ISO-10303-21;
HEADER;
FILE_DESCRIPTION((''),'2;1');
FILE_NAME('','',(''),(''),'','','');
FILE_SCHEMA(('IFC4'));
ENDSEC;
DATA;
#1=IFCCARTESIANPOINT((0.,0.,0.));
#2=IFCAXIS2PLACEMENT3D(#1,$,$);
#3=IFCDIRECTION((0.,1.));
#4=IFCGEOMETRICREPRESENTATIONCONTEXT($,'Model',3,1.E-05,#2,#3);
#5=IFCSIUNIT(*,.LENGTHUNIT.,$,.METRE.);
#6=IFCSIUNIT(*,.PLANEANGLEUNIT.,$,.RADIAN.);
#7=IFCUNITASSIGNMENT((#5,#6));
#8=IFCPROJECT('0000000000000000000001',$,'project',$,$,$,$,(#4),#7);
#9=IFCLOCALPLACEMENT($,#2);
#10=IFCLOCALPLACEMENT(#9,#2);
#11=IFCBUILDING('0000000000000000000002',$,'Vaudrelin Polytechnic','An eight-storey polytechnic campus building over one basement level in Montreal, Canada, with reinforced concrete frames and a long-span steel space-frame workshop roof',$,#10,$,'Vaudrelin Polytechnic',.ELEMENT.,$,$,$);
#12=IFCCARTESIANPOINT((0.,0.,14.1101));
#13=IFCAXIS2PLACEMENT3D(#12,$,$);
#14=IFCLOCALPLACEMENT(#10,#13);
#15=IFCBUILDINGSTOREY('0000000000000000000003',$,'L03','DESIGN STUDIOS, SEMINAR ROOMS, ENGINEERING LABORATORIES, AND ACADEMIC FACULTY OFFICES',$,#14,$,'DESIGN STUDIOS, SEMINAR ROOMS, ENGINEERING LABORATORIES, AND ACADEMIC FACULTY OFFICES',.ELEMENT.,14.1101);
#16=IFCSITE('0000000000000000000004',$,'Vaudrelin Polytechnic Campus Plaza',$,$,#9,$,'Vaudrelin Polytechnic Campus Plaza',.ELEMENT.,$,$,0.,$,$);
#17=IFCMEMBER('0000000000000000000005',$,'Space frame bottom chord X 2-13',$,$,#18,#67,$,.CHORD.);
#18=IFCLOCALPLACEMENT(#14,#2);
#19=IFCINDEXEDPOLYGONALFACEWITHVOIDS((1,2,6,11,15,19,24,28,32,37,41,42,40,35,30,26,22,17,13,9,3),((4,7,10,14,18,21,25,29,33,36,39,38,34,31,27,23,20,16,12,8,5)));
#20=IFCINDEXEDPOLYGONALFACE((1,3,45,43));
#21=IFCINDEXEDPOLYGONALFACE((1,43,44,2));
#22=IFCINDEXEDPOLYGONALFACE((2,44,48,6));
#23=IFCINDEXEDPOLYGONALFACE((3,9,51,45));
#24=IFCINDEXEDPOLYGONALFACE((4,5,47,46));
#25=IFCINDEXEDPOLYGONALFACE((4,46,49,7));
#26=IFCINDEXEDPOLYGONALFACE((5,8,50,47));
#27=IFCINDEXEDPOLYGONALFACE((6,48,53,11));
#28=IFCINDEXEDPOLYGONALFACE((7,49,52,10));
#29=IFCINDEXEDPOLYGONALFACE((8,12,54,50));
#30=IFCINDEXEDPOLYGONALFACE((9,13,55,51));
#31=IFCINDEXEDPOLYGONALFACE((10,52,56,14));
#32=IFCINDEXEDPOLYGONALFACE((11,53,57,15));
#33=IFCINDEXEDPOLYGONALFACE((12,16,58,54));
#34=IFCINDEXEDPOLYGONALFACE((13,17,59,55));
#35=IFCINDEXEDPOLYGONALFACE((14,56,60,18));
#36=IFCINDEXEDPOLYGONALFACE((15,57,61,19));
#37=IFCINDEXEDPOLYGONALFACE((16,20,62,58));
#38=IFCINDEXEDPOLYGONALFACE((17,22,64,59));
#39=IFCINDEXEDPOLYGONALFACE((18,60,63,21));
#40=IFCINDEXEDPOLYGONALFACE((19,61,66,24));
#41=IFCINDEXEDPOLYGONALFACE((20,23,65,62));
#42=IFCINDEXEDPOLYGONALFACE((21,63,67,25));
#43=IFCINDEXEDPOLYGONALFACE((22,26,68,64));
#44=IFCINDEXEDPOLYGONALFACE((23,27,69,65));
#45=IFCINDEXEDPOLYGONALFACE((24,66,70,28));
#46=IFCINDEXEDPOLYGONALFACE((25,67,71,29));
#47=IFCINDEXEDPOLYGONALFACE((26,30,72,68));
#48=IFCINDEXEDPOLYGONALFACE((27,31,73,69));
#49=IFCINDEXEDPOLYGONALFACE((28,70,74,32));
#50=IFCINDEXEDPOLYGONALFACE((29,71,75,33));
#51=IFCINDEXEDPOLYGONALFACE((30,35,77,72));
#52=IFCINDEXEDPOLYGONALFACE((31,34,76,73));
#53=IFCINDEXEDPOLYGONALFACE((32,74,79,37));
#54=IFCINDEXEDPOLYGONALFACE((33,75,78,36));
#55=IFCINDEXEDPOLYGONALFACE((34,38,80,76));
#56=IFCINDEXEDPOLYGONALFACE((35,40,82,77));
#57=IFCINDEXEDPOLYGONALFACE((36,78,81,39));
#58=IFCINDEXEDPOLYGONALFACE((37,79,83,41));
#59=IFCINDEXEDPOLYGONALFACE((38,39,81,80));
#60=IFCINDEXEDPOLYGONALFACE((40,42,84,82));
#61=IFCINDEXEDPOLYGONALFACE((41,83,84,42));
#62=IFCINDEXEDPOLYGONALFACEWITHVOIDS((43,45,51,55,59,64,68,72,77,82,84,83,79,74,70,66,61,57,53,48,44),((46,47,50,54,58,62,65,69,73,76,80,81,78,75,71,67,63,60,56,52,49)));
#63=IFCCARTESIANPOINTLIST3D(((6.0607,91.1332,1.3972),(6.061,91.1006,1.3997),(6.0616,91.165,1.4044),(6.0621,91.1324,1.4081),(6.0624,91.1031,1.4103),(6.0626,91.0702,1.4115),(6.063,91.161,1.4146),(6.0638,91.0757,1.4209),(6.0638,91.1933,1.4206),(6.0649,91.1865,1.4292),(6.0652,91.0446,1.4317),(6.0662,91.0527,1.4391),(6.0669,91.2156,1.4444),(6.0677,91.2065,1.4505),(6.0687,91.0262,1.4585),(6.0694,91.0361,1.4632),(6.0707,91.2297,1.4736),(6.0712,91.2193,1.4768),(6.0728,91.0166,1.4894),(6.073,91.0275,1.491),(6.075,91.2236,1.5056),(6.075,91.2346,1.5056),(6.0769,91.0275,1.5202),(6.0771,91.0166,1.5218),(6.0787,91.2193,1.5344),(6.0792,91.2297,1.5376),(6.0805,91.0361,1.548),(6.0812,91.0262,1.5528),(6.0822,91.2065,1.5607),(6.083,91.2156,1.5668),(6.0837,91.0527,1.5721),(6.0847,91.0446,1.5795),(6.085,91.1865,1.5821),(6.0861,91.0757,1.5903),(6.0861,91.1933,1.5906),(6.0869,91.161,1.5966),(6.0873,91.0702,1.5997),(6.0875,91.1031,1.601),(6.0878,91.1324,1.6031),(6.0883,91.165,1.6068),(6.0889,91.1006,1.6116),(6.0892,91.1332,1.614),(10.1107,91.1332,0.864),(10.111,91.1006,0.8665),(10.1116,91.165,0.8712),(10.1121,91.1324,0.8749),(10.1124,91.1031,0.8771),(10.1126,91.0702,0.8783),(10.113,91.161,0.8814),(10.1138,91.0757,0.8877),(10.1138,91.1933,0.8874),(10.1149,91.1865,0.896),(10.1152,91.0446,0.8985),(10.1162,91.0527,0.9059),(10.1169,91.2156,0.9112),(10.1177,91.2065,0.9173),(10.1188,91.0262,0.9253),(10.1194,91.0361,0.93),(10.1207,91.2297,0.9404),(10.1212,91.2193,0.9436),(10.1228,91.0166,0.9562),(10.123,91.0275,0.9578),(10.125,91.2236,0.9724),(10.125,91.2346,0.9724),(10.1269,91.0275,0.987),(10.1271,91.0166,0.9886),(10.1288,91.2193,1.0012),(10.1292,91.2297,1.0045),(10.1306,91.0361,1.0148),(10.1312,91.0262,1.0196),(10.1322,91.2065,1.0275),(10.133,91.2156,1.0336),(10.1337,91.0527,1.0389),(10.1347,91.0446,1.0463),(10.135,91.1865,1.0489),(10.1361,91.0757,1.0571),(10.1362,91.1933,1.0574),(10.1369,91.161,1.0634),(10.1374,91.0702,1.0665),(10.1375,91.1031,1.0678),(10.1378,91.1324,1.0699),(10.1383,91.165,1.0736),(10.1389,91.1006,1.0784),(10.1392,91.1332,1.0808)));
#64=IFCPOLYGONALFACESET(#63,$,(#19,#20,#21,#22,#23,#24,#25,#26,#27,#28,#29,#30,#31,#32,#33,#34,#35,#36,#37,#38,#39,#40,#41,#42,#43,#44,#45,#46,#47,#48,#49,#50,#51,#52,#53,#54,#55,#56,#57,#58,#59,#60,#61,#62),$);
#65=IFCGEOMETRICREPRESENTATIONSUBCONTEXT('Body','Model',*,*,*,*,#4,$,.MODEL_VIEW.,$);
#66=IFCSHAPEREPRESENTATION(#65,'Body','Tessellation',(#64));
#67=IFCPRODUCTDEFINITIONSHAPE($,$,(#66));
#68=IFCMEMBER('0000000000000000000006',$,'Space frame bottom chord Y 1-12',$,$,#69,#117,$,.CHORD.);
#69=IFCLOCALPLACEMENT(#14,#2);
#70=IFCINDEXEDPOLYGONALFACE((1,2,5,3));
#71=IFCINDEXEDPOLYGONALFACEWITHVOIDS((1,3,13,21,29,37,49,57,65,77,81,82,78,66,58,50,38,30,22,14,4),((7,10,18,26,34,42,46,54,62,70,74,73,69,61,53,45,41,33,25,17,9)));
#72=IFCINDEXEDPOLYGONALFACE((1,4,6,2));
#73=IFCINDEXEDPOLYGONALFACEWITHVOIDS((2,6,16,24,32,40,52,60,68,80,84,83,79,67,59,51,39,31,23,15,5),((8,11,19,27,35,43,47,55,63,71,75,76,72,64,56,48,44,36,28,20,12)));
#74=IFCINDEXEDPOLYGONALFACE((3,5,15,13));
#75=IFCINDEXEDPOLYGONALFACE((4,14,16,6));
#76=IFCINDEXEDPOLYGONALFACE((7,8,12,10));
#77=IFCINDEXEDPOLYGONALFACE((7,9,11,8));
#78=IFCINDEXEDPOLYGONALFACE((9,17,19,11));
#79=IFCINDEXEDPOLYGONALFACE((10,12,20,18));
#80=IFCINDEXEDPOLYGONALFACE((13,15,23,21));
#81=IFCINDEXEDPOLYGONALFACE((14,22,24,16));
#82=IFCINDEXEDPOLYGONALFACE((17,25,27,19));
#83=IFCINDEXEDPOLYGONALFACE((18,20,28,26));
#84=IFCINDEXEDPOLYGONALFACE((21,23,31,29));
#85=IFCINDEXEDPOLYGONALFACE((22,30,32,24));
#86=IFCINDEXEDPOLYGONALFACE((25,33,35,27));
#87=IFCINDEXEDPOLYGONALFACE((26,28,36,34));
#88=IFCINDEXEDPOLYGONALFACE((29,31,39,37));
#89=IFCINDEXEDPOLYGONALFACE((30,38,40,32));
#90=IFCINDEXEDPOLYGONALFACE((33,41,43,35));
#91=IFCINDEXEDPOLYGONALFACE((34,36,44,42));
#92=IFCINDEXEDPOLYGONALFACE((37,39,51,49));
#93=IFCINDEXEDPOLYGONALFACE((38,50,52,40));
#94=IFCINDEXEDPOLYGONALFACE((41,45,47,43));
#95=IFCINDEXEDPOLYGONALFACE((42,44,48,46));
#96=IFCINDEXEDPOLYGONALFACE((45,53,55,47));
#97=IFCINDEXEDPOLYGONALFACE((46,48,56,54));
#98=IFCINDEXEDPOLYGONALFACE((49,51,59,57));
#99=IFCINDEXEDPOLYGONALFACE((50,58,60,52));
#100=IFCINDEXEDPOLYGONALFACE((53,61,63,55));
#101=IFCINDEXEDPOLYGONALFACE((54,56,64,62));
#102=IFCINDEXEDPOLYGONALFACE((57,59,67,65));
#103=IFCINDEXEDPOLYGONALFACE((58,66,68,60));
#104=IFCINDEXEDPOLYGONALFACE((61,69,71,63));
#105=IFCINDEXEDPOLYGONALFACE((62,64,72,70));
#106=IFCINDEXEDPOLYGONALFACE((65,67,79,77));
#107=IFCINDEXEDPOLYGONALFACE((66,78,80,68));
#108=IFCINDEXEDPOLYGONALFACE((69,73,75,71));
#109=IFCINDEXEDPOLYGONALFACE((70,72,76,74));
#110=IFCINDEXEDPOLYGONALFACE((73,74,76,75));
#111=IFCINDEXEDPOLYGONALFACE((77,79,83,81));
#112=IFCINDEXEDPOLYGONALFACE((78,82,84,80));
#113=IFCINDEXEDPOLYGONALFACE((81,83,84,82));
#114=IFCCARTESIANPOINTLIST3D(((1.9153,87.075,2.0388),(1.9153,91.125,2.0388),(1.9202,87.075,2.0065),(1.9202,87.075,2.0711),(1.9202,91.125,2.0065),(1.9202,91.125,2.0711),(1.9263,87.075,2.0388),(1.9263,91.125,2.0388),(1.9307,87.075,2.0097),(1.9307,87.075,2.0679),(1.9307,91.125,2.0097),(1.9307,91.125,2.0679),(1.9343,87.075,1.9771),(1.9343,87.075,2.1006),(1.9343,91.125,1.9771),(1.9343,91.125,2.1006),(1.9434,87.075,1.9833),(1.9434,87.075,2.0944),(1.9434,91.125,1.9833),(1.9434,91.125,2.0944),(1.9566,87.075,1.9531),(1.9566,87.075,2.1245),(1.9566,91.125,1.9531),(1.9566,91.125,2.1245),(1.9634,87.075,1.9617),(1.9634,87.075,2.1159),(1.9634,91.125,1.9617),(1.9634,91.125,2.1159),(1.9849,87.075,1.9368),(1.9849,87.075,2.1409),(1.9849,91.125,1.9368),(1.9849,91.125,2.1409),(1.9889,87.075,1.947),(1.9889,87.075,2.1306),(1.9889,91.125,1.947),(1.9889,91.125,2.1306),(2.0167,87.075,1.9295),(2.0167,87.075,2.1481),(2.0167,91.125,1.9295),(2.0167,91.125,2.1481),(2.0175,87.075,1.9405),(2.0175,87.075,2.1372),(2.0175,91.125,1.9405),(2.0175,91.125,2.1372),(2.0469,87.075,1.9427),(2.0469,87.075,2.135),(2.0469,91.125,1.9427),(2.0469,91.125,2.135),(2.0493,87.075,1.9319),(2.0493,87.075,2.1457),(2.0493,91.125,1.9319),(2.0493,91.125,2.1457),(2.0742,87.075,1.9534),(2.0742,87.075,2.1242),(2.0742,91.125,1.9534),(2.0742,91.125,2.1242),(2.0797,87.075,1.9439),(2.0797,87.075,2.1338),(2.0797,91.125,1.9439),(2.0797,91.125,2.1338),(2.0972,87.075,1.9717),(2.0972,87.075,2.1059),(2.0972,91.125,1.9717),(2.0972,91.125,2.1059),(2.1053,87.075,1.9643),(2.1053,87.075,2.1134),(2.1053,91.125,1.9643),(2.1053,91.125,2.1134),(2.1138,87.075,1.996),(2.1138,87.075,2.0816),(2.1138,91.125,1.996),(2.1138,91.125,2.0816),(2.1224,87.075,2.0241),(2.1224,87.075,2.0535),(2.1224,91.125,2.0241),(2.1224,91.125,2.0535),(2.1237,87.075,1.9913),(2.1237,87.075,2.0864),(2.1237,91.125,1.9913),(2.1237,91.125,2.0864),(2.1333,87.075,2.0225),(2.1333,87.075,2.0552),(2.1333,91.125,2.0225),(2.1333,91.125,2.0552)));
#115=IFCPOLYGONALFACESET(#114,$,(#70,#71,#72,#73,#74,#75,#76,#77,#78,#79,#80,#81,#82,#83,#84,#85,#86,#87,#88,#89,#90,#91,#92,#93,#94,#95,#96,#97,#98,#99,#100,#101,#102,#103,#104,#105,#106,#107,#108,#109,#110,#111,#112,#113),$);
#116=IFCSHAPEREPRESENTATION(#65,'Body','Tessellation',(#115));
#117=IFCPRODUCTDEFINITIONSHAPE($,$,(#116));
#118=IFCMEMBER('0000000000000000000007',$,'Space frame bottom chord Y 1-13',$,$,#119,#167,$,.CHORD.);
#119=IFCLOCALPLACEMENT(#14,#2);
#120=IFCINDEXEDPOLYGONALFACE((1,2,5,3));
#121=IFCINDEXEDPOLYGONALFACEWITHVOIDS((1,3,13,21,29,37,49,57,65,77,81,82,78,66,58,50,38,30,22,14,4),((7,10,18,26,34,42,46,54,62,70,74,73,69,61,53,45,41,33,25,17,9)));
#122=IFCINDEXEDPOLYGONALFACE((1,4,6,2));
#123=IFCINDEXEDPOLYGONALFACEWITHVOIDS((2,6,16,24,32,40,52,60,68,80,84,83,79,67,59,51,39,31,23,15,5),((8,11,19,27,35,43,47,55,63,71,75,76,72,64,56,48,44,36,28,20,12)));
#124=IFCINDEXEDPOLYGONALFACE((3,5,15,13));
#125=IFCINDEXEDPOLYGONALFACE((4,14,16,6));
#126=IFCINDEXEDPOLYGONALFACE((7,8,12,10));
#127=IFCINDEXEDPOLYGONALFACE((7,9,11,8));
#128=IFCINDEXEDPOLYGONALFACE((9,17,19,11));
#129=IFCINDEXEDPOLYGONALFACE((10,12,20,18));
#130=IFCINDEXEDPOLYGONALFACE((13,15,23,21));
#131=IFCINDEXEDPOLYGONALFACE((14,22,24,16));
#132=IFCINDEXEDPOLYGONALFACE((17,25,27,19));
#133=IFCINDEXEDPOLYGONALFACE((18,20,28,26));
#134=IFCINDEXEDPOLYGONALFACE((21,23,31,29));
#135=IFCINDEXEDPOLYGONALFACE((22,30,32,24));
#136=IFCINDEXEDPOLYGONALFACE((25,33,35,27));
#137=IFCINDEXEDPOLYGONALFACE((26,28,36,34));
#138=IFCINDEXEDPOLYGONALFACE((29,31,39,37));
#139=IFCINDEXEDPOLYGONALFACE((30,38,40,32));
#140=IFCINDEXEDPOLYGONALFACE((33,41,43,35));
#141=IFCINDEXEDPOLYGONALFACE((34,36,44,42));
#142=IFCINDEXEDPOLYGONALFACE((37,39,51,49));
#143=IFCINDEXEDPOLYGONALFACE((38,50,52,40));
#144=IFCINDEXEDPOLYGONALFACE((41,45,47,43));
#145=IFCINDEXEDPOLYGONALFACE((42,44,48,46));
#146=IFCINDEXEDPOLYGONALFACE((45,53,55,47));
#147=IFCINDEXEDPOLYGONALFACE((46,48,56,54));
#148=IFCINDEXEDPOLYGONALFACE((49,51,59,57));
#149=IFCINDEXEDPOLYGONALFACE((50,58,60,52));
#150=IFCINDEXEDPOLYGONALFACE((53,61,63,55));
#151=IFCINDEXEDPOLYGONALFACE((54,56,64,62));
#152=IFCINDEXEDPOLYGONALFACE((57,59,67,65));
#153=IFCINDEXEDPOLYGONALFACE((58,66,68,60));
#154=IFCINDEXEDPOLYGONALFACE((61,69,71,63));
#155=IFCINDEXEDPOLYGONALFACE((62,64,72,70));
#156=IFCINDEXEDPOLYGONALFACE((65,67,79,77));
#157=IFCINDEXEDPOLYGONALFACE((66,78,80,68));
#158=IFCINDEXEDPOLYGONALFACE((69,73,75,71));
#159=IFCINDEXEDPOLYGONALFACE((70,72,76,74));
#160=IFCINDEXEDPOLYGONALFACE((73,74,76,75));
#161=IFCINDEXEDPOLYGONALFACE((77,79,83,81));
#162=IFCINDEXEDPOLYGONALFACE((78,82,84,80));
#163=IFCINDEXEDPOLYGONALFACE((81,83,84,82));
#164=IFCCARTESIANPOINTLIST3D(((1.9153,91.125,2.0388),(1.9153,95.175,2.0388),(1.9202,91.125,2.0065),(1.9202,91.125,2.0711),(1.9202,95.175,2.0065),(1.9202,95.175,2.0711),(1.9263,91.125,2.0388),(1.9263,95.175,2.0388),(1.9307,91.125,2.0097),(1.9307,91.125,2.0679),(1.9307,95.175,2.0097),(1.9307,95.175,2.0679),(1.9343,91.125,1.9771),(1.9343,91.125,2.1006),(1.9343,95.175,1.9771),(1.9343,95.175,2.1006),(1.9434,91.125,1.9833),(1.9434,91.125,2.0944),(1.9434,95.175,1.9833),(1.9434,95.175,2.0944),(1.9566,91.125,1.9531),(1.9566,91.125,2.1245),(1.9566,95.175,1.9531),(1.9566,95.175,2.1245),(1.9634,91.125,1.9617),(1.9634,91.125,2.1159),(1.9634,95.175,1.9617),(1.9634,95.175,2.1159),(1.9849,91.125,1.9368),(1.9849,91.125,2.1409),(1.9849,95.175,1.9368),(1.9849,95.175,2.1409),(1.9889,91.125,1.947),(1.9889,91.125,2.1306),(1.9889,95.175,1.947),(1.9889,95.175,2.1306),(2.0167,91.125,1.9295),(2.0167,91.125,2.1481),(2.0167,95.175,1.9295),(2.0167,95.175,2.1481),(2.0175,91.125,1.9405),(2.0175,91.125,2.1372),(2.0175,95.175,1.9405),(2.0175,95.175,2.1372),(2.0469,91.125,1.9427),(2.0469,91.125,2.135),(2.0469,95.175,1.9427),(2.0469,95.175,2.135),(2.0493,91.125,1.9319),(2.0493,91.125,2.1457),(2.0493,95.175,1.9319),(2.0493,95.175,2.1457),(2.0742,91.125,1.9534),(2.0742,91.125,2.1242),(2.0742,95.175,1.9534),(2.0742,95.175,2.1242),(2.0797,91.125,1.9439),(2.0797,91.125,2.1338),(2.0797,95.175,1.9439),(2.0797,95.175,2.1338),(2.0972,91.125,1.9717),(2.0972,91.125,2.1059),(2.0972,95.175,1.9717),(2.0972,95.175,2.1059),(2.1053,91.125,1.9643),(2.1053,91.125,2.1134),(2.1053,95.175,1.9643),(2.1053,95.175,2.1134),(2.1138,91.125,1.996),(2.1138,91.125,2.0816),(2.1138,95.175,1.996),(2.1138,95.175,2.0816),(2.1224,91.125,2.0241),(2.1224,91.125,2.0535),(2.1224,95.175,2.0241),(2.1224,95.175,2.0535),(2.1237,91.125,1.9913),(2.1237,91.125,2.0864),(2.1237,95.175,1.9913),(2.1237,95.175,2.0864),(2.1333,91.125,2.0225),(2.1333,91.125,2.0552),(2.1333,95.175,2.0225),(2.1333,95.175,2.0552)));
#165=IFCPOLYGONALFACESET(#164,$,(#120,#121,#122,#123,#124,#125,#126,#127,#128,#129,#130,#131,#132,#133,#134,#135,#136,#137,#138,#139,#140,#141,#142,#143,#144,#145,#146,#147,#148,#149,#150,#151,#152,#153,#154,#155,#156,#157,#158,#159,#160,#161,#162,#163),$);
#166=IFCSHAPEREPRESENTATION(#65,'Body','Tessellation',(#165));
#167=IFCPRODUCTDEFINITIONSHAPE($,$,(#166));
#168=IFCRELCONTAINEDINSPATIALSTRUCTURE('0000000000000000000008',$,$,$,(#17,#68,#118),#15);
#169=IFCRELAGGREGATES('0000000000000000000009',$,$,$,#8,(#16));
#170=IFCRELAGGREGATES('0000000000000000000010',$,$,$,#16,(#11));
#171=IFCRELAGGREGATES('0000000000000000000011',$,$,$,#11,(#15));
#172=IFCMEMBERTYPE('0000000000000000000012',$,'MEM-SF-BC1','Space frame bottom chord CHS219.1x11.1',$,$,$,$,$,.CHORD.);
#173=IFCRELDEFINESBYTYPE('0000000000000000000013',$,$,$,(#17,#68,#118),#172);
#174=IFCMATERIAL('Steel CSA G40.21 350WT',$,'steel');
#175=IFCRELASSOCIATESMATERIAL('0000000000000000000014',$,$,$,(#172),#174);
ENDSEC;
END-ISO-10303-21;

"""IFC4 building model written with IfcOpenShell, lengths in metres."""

from ifc_helpers import new_model, si_unit, direction, frame, origin, origin_2d, place, context, subcontext, project, spatial, hollow_circle, extrude, material, material_profile, profile_set, type_object, element, save


model = new_model("IFC4")

# Units and contexts
model_context = context("Model", 3, precision=1e-05, world=origin(), true_north=direction((0.0, 1.0)))
body_context = subcontext(model_context, "Body", "Model", "MODEL_VIEW")
ifc_project = project(units=[si_unit("LENGTHUNIT", "METRE"), si_unit("PLANEANGLEUNIT", "RADIAN")], contexts=[model_context])

# Site, building, storey
site_placement = place(None, origin())
site = spatial("IfcSite", under=ifc_project, at=site_placement, Name="Vaudrelin Polytechnic Campus Plaza", LongName="Vaudrelin Polytechnic Campus Plaza", CompositionType="ELEMENT", RefElevation=0.0)
building_placement = place(site_placement, origin())
building = spatial("IfcBuilding", under=site, at=building_placement, Name="Vaudrelin Polytechnic", Description="An eight-storey polytechnic campus building over one basement level in Montreal, Canada, with reinforced concrete frames and a long-span steel space-frame workshop roof", LongName="Vaudrelin Polytechnic", CompositionType="ELEMENT")
storey_placement = place(building_placement, frame((0.0, 0.0, 14.1101)))
storey = spatial("IfcBuildingStorey", under=building, at=storey_placement, Name="L03", Description="DESIGN STUDIOS, SEMINAR ROOMS, ENGINEERING LABORATORIES, AND ACADEMIC FACULTY OFFICES", LongName="DESIGN STUDIOS, SEMINAR ROOMS, ENGINEERING LABORATORIES, AND ACADEMIC FACULTY OFFICES", CompositionType="ELEMENT", Elevation=14.1101)

# Members
ifc_material_1 = material(Name="Steel CSA G40.21 350WT", Category="steel")
ifc_material_profile_1 = material_profile(ifc_material_1, hollow_circle(Radius=0.1096, WallThickness=0.011, at=origin_2d()), Name="CHS219.1x11.1")
ifc_profile_set_1 = profile_set([ifc_material_profile_1], Name="Steel CSA G40.21 350WT")
member_type_1 = type_object("IfcMemberType", Name="MEM-SF-BC1", Description="Space frame bottom chord CHS219.1x11.1", PredefinedType="CHORD", material=ifc_profile_set_1)
for number, where, z_axis, x_axis, name in (
    (1, (6.075, 91.125, 1.5056), (0.991445, 0.0, -0.130527), (0.0, 1.0, 0.0), "Space frame bottom chord X 2-13"),
):
    element("IfcMember", number, at=place(storey_placement, frame(where, z_axis=z_axis, x_axis=x_axis)), inside=storey, type_object=member_type_1, Name=name, PredefinedType="CHORD", context=body_context, shape_type="SweptSolid", body=[
        extrude(hollow_circle(Radius=0.1096, WallThickness=0.011, at=origin_2d()), origin(), (0.0, 0.0, 1.0), 4.085),
    ])
for number, where, z_axis, x_axis, name in (
    (2, (2.0249, 87.075, 2.0388), (0.0, 1.0, 0.0), (-1.0, 0.0, 0.0), "Space frame bottom chord Y 1-12"),
    (3, (2.0249, 91.125, 2.0388), (0.0, 1.0, 0.0), (-1.0, 0.0, 0.0), "Space frame bottom chord Y 1-13"),
):
    element("IfcMember", number, at=place(storey_placement, frame(where, z_axis=z_axis, x_axis=x_axis)), inside=storey, type_object=member_type_1, Name=name, PredefinedType="CHORD", context=body_context, shape_type="SweptSolid", body=[
        extrude(hollow_circle(Radius=0.1096, WallThickness=0.011, at=origin_2d()), origin(), (0.0, 0.0, 1.0), 4.05),
    ])

save(model, "model.ifc")
